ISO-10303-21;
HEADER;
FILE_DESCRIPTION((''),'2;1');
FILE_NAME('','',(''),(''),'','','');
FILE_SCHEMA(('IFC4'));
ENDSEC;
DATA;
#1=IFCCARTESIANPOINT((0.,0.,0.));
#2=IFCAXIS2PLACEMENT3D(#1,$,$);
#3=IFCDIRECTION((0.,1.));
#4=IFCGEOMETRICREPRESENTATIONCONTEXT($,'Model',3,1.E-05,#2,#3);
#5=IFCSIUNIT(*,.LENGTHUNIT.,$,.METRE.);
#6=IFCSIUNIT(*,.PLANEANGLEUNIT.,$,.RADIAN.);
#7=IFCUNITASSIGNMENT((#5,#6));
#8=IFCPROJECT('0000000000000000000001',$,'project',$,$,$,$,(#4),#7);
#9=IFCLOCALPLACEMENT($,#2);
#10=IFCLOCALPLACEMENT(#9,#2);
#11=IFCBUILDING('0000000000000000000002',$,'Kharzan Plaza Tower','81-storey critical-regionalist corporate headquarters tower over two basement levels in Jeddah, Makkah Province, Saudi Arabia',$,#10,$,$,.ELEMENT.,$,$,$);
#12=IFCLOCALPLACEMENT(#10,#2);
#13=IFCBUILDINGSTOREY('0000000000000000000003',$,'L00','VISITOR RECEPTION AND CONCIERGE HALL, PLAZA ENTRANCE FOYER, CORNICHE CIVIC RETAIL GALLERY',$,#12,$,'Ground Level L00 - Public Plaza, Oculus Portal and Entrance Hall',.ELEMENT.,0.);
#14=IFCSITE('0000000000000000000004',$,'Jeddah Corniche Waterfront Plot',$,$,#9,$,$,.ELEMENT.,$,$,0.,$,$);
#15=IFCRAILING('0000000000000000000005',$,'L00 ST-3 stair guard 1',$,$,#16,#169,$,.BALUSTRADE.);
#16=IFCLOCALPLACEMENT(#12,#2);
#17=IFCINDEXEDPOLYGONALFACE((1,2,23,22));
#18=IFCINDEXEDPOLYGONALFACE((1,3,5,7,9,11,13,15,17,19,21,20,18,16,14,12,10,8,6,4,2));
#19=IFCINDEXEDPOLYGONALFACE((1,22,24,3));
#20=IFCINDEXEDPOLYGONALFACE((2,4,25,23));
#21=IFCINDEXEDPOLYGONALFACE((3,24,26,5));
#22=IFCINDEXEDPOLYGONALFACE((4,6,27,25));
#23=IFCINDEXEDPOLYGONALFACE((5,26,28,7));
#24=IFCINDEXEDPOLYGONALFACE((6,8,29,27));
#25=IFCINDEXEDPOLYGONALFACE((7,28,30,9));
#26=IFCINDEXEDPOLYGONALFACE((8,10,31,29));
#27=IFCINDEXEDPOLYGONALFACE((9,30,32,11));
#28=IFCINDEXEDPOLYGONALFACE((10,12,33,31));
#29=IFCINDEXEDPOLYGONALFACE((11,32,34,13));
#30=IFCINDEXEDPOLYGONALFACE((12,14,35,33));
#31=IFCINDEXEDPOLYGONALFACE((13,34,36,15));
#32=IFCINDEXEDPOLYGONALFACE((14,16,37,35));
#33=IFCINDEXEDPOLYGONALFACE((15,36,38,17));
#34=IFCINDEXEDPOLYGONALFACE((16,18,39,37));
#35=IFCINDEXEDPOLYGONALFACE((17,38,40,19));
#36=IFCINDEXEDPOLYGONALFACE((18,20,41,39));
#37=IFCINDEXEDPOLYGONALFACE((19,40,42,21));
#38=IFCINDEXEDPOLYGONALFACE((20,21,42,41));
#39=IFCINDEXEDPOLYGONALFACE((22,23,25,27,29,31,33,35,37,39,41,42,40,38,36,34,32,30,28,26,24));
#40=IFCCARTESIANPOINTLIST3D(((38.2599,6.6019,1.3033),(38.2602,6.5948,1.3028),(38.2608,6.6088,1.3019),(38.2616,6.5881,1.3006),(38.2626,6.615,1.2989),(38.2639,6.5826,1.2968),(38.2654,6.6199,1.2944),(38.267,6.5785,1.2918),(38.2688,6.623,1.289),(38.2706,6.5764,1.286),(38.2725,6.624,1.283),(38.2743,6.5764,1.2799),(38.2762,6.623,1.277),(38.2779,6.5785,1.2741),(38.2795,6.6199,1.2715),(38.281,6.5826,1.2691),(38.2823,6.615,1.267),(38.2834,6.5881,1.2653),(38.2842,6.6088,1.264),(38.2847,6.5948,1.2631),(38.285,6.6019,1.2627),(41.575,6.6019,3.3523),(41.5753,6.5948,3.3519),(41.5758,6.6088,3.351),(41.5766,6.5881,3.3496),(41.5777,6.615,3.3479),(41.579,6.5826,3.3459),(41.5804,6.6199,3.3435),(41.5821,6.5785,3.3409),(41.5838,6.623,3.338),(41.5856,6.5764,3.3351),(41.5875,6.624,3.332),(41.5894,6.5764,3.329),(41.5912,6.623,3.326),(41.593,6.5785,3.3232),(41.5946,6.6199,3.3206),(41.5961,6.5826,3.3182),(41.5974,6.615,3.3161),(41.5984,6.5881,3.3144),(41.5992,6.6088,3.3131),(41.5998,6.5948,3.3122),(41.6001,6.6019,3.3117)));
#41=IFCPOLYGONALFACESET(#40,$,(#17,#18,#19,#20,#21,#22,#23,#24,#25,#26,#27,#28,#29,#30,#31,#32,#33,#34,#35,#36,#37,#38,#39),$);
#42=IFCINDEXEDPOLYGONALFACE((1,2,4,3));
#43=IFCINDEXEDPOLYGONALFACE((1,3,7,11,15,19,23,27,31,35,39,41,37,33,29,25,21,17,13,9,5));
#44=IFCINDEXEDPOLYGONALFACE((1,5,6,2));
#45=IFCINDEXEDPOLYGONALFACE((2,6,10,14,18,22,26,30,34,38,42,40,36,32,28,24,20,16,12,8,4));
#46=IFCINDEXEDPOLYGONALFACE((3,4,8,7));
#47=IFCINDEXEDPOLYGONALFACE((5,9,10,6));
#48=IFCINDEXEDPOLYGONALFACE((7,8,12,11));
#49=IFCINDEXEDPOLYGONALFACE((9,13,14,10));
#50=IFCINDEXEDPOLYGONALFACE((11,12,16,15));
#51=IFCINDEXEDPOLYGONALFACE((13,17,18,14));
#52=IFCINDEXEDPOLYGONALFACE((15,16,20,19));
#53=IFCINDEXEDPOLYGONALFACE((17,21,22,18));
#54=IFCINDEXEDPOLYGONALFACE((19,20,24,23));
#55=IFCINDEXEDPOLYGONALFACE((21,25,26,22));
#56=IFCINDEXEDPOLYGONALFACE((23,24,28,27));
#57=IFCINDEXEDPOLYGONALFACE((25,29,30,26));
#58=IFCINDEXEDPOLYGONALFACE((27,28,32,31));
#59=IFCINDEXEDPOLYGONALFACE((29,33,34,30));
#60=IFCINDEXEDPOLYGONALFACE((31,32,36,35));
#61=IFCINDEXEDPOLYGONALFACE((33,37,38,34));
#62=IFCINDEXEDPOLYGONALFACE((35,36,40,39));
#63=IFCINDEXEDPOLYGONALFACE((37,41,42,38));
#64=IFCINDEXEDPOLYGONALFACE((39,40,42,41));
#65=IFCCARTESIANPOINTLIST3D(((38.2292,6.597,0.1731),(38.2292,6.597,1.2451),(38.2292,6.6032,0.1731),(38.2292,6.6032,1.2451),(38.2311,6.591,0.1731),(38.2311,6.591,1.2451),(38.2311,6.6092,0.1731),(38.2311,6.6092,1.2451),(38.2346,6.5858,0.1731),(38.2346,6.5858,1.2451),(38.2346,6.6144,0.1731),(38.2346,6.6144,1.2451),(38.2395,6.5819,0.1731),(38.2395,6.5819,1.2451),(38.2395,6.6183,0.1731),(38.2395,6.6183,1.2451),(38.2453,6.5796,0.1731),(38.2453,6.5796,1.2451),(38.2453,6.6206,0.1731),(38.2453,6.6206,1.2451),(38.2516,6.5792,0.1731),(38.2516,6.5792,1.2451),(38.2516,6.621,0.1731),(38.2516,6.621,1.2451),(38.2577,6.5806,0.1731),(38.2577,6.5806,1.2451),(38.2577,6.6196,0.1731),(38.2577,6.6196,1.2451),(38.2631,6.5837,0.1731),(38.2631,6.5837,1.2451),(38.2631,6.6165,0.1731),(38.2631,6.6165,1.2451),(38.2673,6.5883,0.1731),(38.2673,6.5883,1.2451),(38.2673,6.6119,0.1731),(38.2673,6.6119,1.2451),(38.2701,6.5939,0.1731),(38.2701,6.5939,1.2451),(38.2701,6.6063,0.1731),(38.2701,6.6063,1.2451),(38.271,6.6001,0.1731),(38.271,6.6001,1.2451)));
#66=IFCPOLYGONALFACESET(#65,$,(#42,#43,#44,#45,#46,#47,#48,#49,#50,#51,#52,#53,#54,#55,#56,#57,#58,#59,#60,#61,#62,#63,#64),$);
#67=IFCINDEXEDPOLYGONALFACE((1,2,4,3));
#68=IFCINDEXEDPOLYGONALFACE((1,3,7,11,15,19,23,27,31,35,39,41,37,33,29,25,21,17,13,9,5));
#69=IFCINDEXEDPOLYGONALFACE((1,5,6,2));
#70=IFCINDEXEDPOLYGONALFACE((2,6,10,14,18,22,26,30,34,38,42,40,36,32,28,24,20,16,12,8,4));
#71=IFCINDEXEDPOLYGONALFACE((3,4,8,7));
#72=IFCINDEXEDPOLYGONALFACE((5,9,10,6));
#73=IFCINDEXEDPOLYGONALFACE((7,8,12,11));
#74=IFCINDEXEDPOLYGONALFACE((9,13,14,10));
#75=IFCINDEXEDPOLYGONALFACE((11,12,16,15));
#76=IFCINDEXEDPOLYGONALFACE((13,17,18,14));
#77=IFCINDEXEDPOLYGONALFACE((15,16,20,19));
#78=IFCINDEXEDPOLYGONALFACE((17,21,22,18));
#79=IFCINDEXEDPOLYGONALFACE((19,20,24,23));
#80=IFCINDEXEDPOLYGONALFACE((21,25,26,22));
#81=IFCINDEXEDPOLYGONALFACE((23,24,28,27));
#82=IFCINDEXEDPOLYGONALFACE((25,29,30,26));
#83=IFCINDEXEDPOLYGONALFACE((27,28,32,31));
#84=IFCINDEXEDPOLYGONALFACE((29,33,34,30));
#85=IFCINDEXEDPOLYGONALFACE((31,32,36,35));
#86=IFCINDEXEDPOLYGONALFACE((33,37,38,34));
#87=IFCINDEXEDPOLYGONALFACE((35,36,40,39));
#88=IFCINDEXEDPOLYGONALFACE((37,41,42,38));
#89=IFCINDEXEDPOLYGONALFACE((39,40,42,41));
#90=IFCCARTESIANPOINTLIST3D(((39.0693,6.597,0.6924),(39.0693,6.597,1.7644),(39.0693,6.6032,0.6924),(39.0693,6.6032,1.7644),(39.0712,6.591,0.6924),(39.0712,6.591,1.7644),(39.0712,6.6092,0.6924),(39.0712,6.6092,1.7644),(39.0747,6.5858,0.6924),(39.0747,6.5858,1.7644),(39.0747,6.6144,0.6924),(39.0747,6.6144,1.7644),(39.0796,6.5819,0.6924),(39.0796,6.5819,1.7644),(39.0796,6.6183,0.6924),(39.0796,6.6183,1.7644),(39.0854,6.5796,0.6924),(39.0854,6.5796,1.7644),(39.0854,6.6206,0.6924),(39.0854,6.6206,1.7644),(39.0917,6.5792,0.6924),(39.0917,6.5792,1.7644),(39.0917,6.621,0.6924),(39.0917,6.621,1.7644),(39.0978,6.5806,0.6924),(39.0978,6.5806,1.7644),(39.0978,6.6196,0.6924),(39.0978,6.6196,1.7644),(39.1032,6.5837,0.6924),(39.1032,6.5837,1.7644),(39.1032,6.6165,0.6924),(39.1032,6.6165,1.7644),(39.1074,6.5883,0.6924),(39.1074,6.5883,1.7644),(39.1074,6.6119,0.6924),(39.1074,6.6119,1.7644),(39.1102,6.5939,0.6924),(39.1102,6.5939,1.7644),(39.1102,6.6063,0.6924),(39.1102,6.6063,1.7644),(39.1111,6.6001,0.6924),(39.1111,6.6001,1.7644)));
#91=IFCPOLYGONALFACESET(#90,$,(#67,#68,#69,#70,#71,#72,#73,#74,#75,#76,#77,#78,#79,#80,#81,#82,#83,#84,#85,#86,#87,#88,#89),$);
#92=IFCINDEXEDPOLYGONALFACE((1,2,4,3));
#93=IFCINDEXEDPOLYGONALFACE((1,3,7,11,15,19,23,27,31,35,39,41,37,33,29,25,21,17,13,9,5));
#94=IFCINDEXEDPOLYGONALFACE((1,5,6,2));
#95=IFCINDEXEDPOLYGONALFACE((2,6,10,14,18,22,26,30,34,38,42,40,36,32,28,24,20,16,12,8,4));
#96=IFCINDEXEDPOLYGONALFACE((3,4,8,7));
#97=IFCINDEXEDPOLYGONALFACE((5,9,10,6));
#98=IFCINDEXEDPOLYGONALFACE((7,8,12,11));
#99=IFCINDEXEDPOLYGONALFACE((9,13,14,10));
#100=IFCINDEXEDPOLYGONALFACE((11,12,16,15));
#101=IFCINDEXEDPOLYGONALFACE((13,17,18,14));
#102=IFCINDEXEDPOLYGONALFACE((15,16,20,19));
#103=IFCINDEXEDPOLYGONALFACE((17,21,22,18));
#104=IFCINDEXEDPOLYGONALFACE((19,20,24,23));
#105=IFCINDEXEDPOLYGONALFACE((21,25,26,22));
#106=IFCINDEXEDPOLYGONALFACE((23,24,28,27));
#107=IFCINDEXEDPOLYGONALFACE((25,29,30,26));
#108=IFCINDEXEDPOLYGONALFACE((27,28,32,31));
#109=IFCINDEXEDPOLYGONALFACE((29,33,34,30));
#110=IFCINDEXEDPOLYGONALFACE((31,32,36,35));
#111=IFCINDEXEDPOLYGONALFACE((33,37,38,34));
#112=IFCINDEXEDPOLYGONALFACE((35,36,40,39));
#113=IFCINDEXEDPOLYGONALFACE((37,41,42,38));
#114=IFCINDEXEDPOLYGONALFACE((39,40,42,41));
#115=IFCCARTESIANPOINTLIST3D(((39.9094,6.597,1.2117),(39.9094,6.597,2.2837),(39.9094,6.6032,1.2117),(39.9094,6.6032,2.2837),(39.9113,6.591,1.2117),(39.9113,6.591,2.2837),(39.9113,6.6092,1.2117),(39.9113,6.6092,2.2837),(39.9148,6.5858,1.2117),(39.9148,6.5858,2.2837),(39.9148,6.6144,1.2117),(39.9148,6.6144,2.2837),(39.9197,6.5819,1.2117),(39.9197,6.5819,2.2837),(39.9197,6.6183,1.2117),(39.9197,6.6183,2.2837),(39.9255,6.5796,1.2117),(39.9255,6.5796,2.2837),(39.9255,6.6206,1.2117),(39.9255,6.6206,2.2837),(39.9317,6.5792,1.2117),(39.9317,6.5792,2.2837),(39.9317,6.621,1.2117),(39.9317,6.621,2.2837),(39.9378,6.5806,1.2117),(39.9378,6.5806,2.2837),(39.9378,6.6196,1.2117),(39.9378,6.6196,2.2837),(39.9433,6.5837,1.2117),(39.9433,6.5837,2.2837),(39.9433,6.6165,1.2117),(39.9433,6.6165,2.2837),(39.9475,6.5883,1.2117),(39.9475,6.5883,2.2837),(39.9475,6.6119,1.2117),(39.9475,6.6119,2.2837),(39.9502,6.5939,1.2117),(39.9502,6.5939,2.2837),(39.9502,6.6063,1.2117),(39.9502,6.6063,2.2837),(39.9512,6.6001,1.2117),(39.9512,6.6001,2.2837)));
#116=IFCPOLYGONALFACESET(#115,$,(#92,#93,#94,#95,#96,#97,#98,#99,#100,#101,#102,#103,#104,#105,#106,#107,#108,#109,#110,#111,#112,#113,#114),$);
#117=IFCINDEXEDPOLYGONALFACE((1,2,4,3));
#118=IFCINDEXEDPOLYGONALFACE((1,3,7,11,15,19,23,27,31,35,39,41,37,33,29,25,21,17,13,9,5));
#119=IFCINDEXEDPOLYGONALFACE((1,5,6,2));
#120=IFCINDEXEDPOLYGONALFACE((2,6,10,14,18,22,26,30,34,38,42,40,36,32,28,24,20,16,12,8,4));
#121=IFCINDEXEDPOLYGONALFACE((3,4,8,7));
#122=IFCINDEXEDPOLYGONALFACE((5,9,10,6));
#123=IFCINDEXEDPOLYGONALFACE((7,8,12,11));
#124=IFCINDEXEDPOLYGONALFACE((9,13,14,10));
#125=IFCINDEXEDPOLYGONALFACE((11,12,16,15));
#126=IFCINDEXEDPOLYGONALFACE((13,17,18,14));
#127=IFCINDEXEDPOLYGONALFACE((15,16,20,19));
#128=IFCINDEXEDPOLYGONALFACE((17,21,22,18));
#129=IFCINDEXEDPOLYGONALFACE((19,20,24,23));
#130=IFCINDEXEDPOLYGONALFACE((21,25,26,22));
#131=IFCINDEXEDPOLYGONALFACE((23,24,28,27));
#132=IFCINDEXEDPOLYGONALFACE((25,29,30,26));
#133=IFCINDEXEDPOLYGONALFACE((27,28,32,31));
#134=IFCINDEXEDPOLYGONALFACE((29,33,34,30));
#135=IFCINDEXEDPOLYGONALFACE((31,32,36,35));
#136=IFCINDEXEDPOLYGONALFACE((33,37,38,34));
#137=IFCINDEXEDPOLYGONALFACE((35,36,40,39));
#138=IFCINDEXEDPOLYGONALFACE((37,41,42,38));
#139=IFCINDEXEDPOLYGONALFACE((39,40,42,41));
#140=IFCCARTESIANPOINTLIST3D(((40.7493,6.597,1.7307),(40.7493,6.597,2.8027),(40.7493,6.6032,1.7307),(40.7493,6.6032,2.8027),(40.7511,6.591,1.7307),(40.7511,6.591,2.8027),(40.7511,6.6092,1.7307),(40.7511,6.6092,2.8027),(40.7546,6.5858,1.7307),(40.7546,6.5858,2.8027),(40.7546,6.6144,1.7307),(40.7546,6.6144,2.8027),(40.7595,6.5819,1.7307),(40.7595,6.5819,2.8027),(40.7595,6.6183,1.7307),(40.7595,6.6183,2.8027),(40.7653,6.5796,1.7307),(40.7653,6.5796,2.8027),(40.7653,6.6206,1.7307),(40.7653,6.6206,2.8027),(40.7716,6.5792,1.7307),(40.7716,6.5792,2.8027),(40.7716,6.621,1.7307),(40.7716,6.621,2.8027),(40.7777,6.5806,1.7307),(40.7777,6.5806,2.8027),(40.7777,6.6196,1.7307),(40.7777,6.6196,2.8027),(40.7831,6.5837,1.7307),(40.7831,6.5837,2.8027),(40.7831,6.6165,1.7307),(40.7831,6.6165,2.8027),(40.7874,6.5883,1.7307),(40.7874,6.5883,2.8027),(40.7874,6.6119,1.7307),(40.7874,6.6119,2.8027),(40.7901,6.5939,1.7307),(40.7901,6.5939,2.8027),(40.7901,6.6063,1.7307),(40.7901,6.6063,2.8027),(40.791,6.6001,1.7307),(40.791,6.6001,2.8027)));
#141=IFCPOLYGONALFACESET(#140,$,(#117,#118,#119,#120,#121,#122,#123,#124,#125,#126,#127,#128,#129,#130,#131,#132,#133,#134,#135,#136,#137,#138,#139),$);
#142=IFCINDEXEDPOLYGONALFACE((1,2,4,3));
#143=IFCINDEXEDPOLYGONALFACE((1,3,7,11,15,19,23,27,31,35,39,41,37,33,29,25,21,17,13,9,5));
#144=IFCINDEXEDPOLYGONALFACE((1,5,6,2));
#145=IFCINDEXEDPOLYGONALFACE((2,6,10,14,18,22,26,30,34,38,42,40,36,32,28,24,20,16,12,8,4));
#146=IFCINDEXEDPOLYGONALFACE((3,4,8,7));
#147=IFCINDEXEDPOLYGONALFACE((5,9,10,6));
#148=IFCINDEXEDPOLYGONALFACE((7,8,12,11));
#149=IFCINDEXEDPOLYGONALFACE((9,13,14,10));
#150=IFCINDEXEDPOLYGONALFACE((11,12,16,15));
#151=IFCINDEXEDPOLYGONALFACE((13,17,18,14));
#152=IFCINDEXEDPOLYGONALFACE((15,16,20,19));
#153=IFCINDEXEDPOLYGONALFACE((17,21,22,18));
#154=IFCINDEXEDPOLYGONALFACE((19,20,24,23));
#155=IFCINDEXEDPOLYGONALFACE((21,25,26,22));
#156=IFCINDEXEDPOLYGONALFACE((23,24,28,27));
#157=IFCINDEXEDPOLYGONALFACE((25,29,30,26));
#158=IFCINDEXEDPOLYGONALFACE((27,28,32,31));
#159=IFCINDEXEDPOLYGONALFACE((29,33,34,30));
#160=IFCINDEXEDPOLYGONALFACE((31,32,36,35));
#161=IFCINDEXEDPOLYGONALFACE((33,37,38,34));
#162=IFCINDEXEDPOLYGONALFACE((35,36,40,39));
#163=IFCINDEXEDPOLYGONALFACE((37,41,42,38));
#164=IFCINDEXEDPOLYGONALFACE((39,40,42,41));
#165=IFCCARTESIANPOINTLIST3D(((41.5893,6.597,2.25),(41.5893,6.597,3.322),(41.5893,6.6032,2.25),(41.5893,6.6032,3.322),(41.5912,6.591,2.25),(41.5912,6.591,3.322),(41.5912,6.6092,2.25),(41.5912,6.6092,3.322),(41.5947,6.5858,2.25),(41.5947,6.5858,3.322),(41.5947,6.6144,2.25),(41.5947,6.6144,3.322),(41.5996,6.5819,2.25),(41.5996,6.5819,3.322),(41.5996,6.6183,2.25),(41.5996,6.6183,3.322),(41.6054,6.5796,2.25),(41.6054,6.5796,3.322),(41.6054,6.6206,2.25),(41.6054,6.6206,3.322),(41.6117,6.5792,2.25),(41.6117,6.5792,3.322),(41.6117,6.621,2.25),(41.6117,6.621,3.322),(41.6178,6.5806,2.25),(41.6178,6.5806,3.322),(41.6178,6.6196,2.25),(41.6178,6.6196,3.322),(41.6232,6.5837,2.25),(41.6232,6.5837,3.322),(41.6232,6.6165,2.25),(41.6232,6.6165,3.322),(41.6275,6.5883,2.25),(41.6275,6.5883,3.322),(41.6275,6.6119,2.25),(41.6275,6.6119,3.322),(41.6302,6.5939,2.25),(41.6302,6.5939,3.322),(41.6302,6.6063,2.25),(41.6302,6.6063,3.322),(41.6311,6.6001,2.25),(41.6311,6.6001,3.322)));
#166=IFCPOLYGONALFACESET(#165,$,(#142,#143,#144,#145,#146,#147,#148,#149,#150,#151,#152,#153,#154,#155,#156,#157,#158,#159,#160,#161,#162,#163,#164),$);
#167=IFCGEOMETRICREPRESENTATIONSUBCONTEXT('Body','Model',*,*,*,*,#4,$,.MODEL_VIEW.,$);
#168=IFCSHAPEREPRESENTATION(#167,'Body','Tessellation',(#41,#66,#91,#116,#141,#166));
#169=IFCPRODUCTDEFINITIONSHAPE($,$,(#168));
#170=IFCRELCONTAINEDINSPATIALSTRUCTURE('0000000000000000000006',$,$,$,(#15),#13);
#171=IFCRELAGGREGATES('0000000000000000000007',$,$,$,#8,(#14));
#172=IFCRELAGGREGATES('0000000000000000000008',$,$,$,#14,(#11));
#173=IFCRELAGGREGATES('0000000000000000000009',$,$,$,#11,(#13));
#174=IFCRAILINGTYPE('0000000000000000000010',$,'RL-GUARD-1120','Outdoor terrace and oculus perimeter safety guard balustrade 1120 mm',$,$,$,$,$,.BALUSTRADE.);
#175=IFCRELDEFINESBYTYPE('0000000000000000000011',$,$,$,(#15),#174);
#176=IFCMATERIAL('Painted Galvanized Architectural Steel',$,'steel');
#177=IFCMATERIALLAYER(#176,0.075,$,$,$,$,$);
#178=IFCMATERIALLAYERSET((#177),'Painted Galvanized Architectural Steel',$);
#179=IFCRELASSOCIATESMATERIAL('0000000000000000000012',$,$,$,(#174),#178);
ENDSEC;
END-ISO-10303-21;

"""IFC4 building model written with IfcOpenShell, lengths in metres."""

from ifc_helpers import new_model, si_unit, direction, frame, origin, origin_2d, place, context, subcontext, project, spatial, circle, extrude, source, transform, mapped, material, layer, layer_set, type_object, element, save


model = new_model("IFC4")

# Units and contexts
model_context = context("Model", 3, precision=1e-05, world=origin(), true_north=direction((0.0, 1.0)))
body_context = subcontext(model_context, "Body", "Model", "MODEL_VIEW")
ifc_project = project(units=[si_unit("LENGTHUNIT", "METRE"), si_unit("PLANEANGLEUNIT", "RADIAN")], contexts=[model_context])

# Site, building, storey
site_placement = place(None, origin())
site = spatial("IfcSite", under=ifc_project, at=site_placement, Name="Jeddah Corniche Waterfront Plot", CompositionType="ELEMENT", RefElevation=0.0)
building_placement = place(site_placement, origin())
building = spatial("IfcBuilding", under=site, at=building_placement, Name="Kharzan Plaza Tower", Description="81-storey critical-regionalist corporate headquarters tower over two basement levels in Jeddah, Makkah Province, Saudi Arabia", CompositionType="ELEMENT")
storey_placement = place(building_placement, origin())
storey = spatial("IfcBuildingStorey", under=building, at=storey_placement, Name="L00", Description="VISITOR RECEPTION AND CONCIERGE HALL, PLAZA ENTRANCE FOYER, CORNICHE CIVIC RETAIL GALLERY", LongName="Ground Level L00 - Public Plaza, Oculus Portal and Entrance Hall", CompositionType="ELEMENT", Elevation=0.0)

# Railing
ifc_material_1 = material(Name="Painted Galvanized Architectural Steel", Category="steel")
ifc_layer_1 = layer(ifc_material_1, 0.075)
ifc_layer_set_1 = layer_set([ifc_layer_1], Name="Painted Galvanized Architectural Steel")
railing_type_1 = type_object("IfcRailingType", Name="RL-GUARD-1120", Description="Outdoor terrace and oculus perimeter safety guard balustrade 1120 mm", PredefinedType="BALUSTRADE", material=ifc_layer_set_1)
shared_shape_1 = source(origin(), body_context, "Body", "SweptSolid", [
    extrude(circle(Radius=0.0239, at=origin_2d()), frame((0.0225, 0.0, 1.1099), z_axis=(0.850623, 0.0, 0.525776), x_axis=(0.0, 1.0, 0.0)), (0.0, 0.0, 1.0), 3.8972),
    extrude(circle(Radius=0.021, at=origin_2d()), origin(), (0.0, 0.0, 1.0), 1.072),
    extrude(circle(Radius=0.021, at=origin_2d()), frame((0.8401, 0.0, 0.5193)), (0.0, 0.0, 1.0), 1.072),
    extrude(circle(Radius=0.021, at=origin_2d()), frame((1.6802, 0.0, 1.0386)), (0.0, 0.0, 1.0), 1.072),
    extrude(circle(Radius=0.021, at=origin_2d()), frame((2.52, 0.0, 1.5576)), (0.0, 0.0, 1.0), 1.072),
    extrude(circle(Radius=0.021, at=origin_2d()), frame((3.3601, 0.0, 2.0769)), (0.0, 0.0, 1.0), 1.072),
])
railing_1_placement = place(storey_placement, frame((38.25, 6.6001, 0.1731)))
element("IfcRailing", 1, at=railing_1_placement, inside=storey, type_object=railing_type_1, Name="L00 ST-3 stair guard 1", PredefinedType="BALUSTRADE", context=body_context, shape_type="MappedRepresentation", body=[
    mapped(shared_shape_1, transform((0.0, 0.0, 0.0), x_axis=(1.0, 0.0, 0.0), y_axis=(0.0, 1.0, 0.0), z_axis=(0.0, 0.0, 1.0))),
])

save(model, "model.ifc")
